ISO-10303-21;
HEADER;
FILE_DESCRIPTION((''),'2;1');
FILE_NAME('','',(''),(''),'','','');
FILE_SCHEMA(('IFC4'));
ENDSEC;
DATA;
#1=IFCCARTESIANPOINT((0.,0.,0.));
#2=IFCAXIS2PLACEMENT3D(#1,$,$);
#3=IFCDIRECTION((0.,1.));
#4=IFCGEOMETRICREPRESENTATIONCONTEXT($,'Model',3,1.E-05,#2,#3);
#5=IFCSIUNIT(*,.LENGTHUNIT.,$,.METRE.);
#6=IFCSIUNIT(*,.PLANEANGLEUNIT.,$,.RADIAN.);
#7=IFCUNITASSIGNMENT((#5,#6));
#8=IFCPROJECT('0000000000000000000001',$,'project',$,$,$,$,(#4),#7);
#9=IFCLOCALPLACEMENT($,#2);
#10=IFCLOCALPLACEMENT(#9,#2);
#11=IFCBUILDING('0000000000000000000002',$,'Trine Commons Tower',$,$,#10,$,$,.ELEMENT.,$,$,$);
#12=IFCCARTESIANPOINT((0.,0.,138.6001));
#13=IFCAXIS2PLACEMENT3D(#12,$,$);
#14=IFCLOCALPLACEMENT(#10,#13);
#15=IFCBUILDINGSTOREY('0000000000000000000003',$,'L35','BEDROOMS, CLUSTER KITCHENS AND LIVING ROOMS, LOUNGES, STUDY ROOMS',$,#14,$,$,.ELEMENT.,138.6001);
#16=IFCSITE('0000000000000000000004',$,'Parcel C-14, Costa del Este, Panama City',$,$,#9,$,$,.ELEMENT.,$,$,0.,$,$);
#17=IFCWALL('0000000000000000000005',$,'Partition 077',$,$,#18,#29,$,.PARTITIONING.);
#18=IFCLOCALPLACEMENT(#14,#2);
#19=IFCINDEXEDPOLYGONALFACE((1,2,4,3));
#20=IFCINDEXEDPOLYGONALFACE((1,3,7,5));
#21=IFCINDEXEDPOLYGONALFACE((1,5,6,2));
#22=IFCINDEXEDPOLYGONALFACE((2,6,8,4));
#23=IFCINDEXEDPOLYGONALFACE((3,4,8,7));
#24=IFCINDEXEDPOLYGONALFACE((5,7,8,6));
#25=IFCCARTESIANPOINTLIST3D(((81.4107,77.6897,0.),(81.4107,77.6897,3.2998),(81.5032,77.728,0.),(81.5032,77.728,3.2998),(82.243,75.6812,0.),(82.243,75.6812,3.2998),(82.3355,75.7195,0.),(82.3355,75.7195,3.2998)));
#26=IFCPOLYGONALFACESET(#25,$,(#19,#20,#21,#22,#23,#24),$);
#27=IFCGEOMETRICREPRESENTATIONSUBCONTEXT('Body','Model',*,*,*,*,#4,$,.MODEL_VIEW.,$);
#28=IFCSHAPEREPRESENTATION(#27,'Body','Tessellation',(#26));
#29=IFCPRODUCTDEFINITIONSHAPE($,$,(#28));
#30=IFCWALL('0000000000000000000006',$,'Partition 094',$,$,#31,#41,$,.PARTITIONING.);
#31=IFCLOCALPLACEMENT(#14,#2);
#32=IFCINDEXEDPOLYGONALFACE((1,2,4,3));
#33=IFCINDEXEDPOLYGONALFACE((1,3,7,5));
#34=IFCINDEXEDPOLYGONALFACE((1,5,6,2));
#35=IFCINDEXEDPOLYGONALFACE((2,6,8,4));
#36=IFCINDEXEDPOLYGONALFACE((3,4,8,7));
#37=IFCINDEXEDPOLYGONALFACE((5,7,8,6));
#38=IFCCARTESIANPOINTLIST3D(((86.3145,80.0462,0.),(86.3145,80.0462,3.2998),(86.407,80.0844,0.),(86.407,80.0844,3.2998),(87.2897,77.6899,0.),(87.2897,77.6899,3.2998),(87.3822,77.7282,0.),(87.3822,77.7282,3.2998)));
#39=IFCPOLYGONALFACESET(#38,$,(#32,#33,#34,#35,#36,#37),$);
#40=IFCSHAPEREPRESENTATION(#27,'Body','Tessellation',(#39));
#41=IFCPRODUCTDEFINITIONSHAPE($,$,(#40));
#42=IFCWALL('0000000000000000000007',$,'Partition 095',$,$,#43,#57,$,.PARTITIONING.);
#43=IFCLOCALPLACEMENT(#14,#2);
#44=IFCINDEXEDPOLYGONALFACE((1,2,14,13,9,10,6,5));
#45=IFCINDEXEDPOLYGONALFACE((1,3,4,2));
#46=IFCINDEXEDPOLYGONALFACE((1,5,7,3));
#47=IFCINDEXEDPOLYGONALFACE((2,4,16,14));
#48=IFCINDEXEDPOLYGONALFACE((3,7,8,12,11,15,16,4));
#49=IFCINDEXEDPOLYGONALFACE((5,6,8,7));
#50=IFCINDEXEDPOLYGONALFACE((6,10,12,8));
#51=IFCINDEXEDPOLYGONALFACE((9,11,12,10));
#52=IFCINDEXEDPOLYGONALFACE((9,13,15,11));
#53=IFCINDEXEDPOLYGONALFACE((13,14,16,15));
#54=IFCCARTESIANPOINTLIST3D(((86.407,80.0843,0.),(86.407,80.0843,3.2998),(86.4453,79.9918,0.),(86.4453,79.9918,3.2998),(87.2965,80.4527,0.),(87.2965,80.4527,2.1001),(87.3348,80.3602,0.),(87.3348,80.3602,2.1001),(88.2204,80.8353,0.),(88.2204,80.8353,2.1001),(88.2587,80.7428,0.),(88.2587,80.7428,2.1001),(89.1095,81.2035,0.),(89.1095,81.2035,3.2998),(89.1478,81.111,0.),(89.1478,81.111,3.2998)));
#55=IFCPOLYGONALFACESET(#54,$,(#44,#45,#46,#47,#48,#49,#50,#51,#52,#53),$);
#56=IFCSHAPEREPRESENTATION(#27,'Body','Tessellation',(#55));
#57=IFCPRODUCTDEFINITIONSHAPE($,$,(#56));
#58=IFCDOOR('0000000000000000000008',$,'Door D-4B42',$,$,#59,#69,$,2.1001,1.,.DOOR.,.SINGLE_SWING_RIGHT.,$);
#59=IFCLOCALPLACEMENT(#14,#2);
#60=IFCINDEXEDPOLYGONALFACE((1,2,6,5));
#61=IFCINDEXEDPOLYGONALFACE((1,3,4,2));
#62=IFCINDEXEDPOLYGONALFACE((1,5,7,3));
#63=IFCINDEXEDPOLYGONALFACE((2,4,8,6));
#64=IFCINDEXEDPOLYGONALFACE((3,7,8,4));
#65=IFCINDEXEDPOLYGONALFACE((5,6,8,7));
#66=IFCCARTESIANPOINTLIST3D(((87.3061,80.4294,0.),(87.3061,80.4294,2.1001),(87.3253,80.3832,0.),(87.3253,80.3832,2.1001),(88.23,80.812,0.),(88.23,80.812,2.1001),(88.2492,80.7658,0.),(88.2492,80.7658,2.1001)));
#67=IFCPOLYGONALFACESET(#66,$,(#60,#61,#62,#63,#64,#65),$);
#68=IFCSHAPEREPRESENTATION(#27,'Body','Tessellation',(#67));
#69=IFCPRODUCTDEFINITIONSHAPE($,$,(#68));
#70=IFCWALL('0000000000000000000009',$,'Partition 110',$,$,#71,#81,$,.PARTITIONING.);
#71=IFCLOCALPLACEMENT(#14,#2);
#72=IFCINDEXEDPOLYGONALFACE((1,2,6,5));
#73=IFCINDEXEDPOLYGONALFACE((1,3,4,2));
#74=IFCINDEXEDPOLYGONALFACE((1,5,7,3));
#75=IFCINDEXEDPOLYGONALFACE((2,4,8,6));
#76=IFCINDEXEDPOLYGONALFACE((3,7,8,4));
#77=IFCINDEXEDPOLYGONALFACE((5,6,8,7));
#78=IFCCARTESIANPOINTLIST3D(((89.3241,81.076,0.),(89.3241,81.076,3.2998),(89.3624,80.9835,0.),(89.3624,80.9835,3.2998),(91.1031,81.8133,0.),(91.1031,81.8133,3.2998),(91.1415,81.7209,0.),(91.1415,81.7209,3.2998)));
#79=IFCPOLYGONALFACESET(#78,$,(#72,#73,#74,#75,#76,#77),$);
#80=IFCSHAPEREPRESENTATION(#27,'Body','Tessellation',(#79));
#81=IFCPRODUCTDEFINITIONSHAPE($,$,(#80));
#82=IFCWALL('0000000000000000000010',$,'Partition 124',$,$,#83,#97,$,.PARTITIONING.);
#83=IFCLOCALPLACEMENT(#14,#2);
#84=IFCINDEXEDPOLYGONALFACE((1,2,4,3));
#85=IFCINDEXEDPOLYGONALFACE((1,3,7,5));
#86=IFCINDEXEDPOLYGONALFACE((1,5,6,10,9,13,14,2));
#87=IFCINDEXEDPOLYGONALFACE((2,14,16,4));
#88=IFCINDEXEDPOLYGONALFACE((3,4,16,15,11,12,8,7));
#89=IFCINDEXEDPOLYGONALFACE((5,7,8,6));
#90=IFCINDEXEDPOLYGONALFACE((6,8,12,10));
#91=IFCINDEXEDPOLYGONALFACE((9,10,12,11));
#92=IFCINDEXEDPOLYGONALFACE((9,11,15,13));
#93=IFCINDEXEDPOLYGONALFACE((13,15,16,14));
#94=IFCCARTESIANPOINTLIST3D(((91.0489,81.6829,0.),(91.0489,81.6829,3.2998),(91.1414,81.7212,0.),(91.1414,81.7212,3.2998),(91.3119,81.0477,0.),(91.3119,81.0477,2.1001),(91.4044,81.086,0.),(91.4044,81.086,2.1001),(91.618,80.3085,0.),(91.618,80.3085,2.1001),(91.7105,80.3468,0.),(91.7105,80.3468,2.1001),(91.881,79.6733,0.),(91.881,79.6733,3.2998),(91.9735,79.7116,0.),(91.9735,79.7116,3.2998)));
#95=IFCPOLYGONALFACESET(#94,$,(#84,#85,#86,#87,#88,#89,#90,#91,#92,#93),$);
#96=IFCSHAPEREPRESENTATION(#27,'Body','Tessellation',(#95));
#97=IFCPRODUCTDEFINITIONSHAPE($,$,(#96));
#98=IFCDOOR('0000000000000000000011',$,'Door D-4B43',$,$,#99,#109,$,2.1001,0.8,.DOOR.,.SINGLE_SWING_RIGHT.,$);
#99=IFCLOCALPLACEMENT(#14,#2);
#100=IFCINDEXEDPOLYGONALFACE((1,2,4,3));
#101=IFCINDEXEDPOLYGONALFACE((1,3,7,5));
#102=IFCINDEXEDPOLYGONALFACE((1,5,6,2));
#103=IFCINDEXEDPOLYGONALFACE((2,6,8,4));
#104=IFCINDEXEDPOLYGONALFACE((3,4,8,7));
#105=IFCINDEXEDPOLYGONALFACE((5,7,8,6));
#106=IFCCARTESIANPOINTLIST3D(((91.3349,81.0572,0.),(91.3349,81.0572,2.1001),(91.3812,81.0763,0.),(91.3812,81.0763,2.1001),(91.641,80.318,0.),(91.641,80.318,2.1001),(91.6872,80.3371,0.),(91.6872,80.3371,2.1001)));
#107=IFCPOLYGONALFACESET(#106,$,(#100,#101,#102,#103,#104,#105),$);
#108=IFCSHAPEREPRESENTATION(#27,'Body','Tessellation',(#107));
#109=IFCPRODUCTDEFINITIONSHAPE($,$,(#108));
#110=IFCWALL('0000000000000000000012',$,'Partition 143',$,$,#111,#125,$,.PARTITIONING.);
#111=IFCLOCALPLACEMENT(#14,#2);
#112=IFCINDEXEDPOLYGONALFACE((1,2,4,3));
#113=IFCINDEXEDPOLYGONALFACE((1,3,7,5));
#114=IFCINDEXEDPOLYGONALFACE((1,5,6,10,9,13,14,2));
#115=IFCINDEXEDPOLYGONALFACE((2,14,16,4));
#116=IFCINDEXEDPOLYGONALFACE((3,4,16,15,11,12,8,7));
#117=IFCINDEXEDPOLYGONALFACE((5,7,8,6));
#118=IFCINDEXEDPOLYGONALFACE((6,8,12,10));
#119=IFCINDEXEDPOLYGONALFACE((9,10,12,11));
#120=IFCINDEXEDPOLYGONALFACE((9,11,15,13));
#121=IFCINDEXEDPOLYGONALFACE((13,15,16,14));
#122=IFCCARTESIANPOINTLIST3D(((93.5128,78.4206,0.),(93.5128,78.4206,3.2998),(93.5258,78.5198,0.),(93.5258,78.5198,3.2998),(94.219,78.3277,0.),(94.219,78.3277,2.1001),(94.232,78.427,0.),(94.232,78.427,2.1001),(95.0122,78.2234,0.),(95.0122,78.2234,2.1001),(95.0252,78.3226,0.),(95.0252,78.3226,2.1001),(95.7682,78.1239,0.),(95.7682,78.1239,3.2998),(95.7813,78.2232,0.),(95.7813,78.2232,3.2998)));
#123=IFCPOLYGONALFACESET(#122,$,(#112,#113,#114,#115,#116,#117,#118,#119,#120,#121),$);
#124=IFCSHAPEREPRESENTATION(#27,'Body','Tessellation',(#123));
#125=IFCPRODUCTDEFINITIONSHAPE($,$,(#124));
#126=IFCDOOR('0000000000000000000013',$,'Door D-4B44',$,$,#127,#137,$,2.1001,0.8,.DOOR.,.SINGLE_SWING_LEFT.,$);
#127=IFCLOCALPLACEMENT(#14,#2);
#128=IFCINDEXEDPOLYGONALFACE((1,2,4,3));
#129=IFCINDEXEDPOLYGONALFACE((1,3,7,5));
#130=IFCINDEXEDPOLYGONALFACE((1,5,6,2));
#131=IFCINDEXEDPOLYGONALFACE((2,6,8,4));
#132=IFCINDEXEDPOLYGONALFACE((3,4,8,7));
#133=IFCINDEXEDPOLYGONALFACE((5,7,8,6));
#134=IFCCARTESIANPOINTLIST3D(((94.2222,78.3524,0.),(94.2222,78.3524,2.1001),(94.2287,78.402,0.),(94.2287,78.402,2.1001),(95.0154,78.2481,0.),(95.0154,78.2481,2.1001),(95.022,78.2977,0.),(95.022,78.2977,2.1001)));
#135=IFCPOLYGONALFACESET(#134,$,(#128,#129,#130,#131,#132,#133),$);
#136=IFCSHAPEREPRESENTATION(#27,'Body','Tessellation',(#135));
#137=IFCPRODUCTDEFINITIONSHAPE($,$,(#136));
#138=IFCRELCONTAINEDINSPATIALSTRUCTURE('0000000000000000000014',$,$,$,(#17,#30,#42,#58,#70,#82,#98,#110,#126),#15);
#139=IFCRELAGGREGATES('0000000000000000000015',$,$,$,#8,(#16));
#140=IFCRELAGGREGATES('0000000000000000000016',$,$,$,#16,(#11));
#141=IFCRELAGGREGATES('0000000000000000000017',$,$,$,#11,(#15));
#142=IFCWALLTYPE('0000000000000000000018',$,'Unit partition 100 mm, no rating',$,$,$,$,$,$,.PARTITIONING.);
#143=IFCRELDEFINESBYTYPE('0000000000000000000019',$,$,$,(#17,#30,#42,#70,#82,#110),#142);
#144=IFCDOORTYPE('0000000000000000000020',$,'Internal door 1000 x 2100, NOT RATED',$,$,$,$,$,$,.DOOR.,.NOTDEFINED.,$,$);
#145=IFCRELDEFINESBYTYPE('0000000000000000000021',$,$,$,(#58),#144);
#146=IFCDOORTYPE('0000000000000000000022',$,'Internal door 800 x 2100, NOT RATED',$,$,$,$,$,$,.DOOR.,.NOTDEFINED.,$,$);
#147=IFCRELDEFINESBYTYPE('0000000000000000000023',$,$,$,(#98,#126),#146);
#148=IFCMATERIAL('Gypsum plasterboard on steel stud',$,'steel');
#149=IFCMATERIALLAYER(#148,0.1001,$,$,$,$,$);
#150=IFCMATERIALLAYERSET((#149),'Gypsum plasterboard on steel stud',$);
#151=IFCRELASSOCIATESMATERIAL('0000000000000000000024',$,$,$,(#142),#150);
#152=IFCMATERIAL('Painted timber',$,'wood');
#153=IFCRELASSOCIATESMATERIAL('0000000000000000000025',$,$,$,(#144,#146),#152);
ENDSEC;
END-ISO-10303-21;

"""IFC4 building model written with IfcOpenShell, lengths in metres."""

from ifc_helpers import new_model, si_unit, direction, frame, frame_2d, origin, place, context, subcontext, project, spatial, rectangle, extrude, material, layer, layer_set, type_object, element, fill, save


model = new_model("IFC4")

# Units and contexts
model_context = context("Model", 3, precision=1e-05, world=origin(), true_north=direction((0.0, 1.0)))
body_context = subcontext(model_context, "Body", "Model", "MODEL_VIEW")
ifc_project = project(units=[si_unit("LENGTHUNIT", "METRE"), si_unit("PLANEANGLEUNIT", "RADIAN")], contexts=[model_context])

# Site, building, storey
site_placement = place(None, origin())
site = spatial("IfcSite", under=ifc_project, at=site_placement, Name="Parcel C-14, Costa del Este, Panama City", CompositionType="ELEMENT", RefElevation=0.0)
building_placement = place(site_placement, origin())
building = spatial("IfcBuilding", under=site, at=building_placement, Name="Trine Commons Tower", CompositionType="ELEMENT")
storey_placement = place(building_placement, frame((0.0, 0.0, 138.6001)))
storey = spatial("IfcBuildingStorey", under=building, at=storey_placement, Name="L35", Description="BEDROOMS, CLUSTER KITCHENS AND LIVING ROOMS, LOUNGES, STUDY ROOMS", CompositionType="ELEMENT", Elevation=138.6001)

# Shared definitions
ifc_material_1 = material(Name="Gypsum plasterboard on steel stud", Category="steel")

# Walls
ifc_layer_1 = layer(ifc_material_1, 0.1001)
ifc_layer_set_1 = layer_set([ifc_layer_1], Name="Gypsum plasterboard on steel stud")
wall_type_1 = type_object("IfcWallType", Name="Unit partition 100 mm, no rating", PredefinedType="PARTITIONING", material=ifc_layer_set_1)
wall_1_placement = place(storey_placement, frame((81.457, 77.7087, 0.0), z_axis=(0.0, 0.0, 1.0), x_axis=(0.382805, -0.923829, 0.0)))
element("IfcWall", 1, at=wall_1_placement, inside=storey, type_object=wall_type_1, Name="Partition 077", PredefinedType="PARTITIONING", context=body_context, shape_type="SweptSolid", body=[
    extrude(rectangle(XDim=2.1741, YDim=0.1001, at=frame_2d((1.0869, 0.0))), origin(), (0.0, 0.0, 1.0), 3.2998),
])
wall_2_placement = place(storey_placement, frame((86.3608, 80.0652, 0.0), z_axis=(0.0, 0.0, 1.0), x_axis=(0.382391, -0.924001, 0.0)))
element("IfcWall", 2, at=wall_2_placement, inside=storey, type_object=wall_type_1, Name="Partition 094", PredefinedType="PARTITIONING", context=body_context, shape_type="SweptSolid", body=[
    extrude(rectangle(XDim=2.55, YDim=0.1001, at=frame_2d((1.2749, 0.0))), origin(), (0.0, 0.0, 1.0), 3.2998),
])

# Wall, opening, door
wall_3_placement = place(storey_placement, frame((86.4263, 80.0381, 0.0), z_axis=(0.0, 0.0, 1.0), x_axis=(0.923907, 0.382617, 0.0)))
wall_3 = element("IfcWall", 3, at=wall_3_placement, inside=storey, type_object=wall_type_1, Name="Partition 095", PredefinedType="PARTITIONING", context=body_context, shape_type="SweptSolid", body=[
    extrude(rectangle(XDim=2.925, YDim=0.1001, at=frame_2d((1.4624, 0.0))), origin(), (0.0, 0.0, 1.0), 3.2998),
])
opening_1_placement = place(wall_3_placement, frame((0.9626, 0.0, 0.0)))
opening_1 = element("IfcOpeningElement", 4, at=opening_1_placement, cuts=wall_3, PredefinedType="OPENING", context=body_context, shape_type="SweptSolid", body=[
    extrude(rectangle(XDim=1.0, YDim=2.1001, at=frame_2d((0.5, 1.05))), frame((0.0, 0.0601, 0.0), z_axis=(0.0, -1.0, 0.0), x_axis=(1.0, 0.0, 0.0)), (0.0, 0.0, 1.0), 0.1201),
])
ifc_material_2 = material(Name="Painted timber", Category="wood")
door_type_1 = type_object("IfcDoorType", Name="Internal door 1000 x 2100, NOT RATED", OperationType="NOTDEFINED", PredefinedType="DOOR", material=ifc_material_2)
door_1_placement = place(opening_1_placement, origin())
door_1 = element("IfcDoor", 5, at=door_1_placement, inside=storey, type_object=door_type_1, Name="Door D-4B42", OperationType="SINGLE_SWING_RIGHT", OverallHeight=2.1001, OverallWidth=1.0, PredefinedType="DOOR", context=body_context, shape_type="SweptSolid", body=[
    extrude(rectangle(XDim=1.0, YDim=2.1001, at=frame_2d((0.5, 1.05))), frame((0.0, 0.0249, 0.0), z_axis=(0.0, -1.0, 0.0), x_axis=(1.0, 0.0, 0.0)), (0.0, 0.0, 1.0), 0.05),
])
fill(opening_1, door_1)

# Wall
wall_4_placement = place(storey_placement, frame((89.3433, 81.0298, 0.0), z_axis=(0.0, 0.0, 1.0), x_axis=(0.923807, 0.382859, 0.0)))
element("IfcWall", 6, at=wall_4_placement, inside=storey, type_object=wall_type_1, Name="Partition 110", PredefinedType="PARTITIONING", context=body_context, shape_type="SweptSolid", body=[
    extrude(rectangle(XDim=1.9258, YDim=0.1001, at=frame_2d((0.9629, 0.0))), origin(), (0.0, 0.0, 1.0), 3.2998),
])

# Walls, openings, doors
wall_5_placement = place(storey_placement, frame((91.0952, 81.7019, 0.0), z_axis=(0.0, 0.0, 1.0), x_axis=(0.38255, -0.923935, 0.0)))
wall_5 = element("IfcWall", 7, at=wall_5_placement, inside=storey, type_object=wall_type_1, Name="Partition 124", PredefinedType="PARTITIONING", context=body_context, shape_type="SweptSolid", body=[
    extrude(rectangle(XDim=2.175, YDim=0.1001, at=frame_2d((1.0874, 0.0))), origin(), (0.0, 0.0, 1.0), 3.2998),
])
opening_2_placement = place(wall_5_placement, frame((0.6875, 0.0, 0.0)))
opening_2 = element("IfcOpeningElement", 8, at=opening_2_placement, cuts=wall_5, PredefinedType="OPENING", context=body_context, shape_type="SweptSolid", body=[
    extrude(rectangle(XDim=0.8, YDim=2.1001, at=frame_2d((0.3999, 1.05))), frame((0.0, 0.0601, 0.0), z_axis=(0.0, -1.0, 0.0), x_axis=(1.0, 0.0, 0.0)), (0.0, 0.0, 1.0), 0.1201),
])
door_type_2 = type_object("IfcDoorType", Name="Internal door 800 x 2100, NOT RATED", OperationType="NOTDEFINED", PredefinedType="DOOR", material=ifc_material_2)
door_2_placement = place(opening_2_placement, origin())
door_2 = element("IfcDoor", 9, at=door_2_placement, inside=storey, type_object=door_type_2, Name="Door D-4B43", OperationType="SINGLE_SWING_RIGHT", OverallHeight=2.1001, OverallWidth=0.8, PredefinedType="DOOR", context=body_context, shape_type="SweptSolid", body=[
    extrude(rectangle(XDim=0.8, YDim=2.1001, at=frame_2d((0.3999, 1.05))), frame((0.0, 0.0249, 0.0), z_axis=(0.0, -1.0, 0.0), x_axis=(1.0, 0.0, 0.0)), (0.0, 0.0, 1.0), 0.05),
])
fill(opening_2, door_2)
wall_6_placement = place(storey_placement, frame((93.5193, 78.4702, 0.0), z_axis=(0.0, 0.0, 1.0), x_axis=(0.991462, -0.130399, 0.0)))
wall_6 = element("IfcWall", 10, at=wall_6_placement, inside=storey, type_object=wall_type_1, Name="Partition 143", PredefinedType="PARTITIONING", context=body_context, shape_type="SweptSolid", body=[
    extrude(rectangle(XDim=2.2749, YDim=0.1001, at=frame_2d((1.1375, 0.0))), origin(), (0.0, 0.0, 1.0), 3.2998),
])
opening_3_placement = place(wall_6_placement, frame((0.7124, 0.0, 0.0)))
opening_3 = element("IfcOpeningElement", 11, at=opening_3_placement, cuts=wall_6, PredefinedType="OPENING", context=body_context, shape_type="SweptSolid", body=[
    extrude(rectangle(XDim=0.8, YDim=2.1001, at=frame_2d((0.3999, 1.05))), frame((0.0, 0.0601, 0.0), z_axis=(0.0, -1.0, 0.0), x_axis=(1.0, 0.0, 0.0)), (0.0, 0.0, 1.0), 0.1201),
])
door_3_placement = place(opening_3_placement, origin())
door_3 = element("IfcDoor", 12, at=door_3_placement, inside=storey, type_object=door_type_2, Name="Door D-4B44", OperationType="SINGLE_SWING_LEFT", OverallHeight=2.1001, OverallWidth=0.8, PredefinedType="DOOR", context=body_context, shape_type="SweptSolid", body=[
    extrude(rectangle(XDim=0.8, YDim=2.1001, at=frame_2d((0.3999, 1.05))), frame((0.0, 0.0249, 0.0), z_axis=(0.0, -1.0, 0.0), x_axis=(1.0, 0.0, 0.0)), (0.0, 0.0, 1.0), 0.05),
])
fill(opening_3, door_3)

save(model, "model.ifc")
